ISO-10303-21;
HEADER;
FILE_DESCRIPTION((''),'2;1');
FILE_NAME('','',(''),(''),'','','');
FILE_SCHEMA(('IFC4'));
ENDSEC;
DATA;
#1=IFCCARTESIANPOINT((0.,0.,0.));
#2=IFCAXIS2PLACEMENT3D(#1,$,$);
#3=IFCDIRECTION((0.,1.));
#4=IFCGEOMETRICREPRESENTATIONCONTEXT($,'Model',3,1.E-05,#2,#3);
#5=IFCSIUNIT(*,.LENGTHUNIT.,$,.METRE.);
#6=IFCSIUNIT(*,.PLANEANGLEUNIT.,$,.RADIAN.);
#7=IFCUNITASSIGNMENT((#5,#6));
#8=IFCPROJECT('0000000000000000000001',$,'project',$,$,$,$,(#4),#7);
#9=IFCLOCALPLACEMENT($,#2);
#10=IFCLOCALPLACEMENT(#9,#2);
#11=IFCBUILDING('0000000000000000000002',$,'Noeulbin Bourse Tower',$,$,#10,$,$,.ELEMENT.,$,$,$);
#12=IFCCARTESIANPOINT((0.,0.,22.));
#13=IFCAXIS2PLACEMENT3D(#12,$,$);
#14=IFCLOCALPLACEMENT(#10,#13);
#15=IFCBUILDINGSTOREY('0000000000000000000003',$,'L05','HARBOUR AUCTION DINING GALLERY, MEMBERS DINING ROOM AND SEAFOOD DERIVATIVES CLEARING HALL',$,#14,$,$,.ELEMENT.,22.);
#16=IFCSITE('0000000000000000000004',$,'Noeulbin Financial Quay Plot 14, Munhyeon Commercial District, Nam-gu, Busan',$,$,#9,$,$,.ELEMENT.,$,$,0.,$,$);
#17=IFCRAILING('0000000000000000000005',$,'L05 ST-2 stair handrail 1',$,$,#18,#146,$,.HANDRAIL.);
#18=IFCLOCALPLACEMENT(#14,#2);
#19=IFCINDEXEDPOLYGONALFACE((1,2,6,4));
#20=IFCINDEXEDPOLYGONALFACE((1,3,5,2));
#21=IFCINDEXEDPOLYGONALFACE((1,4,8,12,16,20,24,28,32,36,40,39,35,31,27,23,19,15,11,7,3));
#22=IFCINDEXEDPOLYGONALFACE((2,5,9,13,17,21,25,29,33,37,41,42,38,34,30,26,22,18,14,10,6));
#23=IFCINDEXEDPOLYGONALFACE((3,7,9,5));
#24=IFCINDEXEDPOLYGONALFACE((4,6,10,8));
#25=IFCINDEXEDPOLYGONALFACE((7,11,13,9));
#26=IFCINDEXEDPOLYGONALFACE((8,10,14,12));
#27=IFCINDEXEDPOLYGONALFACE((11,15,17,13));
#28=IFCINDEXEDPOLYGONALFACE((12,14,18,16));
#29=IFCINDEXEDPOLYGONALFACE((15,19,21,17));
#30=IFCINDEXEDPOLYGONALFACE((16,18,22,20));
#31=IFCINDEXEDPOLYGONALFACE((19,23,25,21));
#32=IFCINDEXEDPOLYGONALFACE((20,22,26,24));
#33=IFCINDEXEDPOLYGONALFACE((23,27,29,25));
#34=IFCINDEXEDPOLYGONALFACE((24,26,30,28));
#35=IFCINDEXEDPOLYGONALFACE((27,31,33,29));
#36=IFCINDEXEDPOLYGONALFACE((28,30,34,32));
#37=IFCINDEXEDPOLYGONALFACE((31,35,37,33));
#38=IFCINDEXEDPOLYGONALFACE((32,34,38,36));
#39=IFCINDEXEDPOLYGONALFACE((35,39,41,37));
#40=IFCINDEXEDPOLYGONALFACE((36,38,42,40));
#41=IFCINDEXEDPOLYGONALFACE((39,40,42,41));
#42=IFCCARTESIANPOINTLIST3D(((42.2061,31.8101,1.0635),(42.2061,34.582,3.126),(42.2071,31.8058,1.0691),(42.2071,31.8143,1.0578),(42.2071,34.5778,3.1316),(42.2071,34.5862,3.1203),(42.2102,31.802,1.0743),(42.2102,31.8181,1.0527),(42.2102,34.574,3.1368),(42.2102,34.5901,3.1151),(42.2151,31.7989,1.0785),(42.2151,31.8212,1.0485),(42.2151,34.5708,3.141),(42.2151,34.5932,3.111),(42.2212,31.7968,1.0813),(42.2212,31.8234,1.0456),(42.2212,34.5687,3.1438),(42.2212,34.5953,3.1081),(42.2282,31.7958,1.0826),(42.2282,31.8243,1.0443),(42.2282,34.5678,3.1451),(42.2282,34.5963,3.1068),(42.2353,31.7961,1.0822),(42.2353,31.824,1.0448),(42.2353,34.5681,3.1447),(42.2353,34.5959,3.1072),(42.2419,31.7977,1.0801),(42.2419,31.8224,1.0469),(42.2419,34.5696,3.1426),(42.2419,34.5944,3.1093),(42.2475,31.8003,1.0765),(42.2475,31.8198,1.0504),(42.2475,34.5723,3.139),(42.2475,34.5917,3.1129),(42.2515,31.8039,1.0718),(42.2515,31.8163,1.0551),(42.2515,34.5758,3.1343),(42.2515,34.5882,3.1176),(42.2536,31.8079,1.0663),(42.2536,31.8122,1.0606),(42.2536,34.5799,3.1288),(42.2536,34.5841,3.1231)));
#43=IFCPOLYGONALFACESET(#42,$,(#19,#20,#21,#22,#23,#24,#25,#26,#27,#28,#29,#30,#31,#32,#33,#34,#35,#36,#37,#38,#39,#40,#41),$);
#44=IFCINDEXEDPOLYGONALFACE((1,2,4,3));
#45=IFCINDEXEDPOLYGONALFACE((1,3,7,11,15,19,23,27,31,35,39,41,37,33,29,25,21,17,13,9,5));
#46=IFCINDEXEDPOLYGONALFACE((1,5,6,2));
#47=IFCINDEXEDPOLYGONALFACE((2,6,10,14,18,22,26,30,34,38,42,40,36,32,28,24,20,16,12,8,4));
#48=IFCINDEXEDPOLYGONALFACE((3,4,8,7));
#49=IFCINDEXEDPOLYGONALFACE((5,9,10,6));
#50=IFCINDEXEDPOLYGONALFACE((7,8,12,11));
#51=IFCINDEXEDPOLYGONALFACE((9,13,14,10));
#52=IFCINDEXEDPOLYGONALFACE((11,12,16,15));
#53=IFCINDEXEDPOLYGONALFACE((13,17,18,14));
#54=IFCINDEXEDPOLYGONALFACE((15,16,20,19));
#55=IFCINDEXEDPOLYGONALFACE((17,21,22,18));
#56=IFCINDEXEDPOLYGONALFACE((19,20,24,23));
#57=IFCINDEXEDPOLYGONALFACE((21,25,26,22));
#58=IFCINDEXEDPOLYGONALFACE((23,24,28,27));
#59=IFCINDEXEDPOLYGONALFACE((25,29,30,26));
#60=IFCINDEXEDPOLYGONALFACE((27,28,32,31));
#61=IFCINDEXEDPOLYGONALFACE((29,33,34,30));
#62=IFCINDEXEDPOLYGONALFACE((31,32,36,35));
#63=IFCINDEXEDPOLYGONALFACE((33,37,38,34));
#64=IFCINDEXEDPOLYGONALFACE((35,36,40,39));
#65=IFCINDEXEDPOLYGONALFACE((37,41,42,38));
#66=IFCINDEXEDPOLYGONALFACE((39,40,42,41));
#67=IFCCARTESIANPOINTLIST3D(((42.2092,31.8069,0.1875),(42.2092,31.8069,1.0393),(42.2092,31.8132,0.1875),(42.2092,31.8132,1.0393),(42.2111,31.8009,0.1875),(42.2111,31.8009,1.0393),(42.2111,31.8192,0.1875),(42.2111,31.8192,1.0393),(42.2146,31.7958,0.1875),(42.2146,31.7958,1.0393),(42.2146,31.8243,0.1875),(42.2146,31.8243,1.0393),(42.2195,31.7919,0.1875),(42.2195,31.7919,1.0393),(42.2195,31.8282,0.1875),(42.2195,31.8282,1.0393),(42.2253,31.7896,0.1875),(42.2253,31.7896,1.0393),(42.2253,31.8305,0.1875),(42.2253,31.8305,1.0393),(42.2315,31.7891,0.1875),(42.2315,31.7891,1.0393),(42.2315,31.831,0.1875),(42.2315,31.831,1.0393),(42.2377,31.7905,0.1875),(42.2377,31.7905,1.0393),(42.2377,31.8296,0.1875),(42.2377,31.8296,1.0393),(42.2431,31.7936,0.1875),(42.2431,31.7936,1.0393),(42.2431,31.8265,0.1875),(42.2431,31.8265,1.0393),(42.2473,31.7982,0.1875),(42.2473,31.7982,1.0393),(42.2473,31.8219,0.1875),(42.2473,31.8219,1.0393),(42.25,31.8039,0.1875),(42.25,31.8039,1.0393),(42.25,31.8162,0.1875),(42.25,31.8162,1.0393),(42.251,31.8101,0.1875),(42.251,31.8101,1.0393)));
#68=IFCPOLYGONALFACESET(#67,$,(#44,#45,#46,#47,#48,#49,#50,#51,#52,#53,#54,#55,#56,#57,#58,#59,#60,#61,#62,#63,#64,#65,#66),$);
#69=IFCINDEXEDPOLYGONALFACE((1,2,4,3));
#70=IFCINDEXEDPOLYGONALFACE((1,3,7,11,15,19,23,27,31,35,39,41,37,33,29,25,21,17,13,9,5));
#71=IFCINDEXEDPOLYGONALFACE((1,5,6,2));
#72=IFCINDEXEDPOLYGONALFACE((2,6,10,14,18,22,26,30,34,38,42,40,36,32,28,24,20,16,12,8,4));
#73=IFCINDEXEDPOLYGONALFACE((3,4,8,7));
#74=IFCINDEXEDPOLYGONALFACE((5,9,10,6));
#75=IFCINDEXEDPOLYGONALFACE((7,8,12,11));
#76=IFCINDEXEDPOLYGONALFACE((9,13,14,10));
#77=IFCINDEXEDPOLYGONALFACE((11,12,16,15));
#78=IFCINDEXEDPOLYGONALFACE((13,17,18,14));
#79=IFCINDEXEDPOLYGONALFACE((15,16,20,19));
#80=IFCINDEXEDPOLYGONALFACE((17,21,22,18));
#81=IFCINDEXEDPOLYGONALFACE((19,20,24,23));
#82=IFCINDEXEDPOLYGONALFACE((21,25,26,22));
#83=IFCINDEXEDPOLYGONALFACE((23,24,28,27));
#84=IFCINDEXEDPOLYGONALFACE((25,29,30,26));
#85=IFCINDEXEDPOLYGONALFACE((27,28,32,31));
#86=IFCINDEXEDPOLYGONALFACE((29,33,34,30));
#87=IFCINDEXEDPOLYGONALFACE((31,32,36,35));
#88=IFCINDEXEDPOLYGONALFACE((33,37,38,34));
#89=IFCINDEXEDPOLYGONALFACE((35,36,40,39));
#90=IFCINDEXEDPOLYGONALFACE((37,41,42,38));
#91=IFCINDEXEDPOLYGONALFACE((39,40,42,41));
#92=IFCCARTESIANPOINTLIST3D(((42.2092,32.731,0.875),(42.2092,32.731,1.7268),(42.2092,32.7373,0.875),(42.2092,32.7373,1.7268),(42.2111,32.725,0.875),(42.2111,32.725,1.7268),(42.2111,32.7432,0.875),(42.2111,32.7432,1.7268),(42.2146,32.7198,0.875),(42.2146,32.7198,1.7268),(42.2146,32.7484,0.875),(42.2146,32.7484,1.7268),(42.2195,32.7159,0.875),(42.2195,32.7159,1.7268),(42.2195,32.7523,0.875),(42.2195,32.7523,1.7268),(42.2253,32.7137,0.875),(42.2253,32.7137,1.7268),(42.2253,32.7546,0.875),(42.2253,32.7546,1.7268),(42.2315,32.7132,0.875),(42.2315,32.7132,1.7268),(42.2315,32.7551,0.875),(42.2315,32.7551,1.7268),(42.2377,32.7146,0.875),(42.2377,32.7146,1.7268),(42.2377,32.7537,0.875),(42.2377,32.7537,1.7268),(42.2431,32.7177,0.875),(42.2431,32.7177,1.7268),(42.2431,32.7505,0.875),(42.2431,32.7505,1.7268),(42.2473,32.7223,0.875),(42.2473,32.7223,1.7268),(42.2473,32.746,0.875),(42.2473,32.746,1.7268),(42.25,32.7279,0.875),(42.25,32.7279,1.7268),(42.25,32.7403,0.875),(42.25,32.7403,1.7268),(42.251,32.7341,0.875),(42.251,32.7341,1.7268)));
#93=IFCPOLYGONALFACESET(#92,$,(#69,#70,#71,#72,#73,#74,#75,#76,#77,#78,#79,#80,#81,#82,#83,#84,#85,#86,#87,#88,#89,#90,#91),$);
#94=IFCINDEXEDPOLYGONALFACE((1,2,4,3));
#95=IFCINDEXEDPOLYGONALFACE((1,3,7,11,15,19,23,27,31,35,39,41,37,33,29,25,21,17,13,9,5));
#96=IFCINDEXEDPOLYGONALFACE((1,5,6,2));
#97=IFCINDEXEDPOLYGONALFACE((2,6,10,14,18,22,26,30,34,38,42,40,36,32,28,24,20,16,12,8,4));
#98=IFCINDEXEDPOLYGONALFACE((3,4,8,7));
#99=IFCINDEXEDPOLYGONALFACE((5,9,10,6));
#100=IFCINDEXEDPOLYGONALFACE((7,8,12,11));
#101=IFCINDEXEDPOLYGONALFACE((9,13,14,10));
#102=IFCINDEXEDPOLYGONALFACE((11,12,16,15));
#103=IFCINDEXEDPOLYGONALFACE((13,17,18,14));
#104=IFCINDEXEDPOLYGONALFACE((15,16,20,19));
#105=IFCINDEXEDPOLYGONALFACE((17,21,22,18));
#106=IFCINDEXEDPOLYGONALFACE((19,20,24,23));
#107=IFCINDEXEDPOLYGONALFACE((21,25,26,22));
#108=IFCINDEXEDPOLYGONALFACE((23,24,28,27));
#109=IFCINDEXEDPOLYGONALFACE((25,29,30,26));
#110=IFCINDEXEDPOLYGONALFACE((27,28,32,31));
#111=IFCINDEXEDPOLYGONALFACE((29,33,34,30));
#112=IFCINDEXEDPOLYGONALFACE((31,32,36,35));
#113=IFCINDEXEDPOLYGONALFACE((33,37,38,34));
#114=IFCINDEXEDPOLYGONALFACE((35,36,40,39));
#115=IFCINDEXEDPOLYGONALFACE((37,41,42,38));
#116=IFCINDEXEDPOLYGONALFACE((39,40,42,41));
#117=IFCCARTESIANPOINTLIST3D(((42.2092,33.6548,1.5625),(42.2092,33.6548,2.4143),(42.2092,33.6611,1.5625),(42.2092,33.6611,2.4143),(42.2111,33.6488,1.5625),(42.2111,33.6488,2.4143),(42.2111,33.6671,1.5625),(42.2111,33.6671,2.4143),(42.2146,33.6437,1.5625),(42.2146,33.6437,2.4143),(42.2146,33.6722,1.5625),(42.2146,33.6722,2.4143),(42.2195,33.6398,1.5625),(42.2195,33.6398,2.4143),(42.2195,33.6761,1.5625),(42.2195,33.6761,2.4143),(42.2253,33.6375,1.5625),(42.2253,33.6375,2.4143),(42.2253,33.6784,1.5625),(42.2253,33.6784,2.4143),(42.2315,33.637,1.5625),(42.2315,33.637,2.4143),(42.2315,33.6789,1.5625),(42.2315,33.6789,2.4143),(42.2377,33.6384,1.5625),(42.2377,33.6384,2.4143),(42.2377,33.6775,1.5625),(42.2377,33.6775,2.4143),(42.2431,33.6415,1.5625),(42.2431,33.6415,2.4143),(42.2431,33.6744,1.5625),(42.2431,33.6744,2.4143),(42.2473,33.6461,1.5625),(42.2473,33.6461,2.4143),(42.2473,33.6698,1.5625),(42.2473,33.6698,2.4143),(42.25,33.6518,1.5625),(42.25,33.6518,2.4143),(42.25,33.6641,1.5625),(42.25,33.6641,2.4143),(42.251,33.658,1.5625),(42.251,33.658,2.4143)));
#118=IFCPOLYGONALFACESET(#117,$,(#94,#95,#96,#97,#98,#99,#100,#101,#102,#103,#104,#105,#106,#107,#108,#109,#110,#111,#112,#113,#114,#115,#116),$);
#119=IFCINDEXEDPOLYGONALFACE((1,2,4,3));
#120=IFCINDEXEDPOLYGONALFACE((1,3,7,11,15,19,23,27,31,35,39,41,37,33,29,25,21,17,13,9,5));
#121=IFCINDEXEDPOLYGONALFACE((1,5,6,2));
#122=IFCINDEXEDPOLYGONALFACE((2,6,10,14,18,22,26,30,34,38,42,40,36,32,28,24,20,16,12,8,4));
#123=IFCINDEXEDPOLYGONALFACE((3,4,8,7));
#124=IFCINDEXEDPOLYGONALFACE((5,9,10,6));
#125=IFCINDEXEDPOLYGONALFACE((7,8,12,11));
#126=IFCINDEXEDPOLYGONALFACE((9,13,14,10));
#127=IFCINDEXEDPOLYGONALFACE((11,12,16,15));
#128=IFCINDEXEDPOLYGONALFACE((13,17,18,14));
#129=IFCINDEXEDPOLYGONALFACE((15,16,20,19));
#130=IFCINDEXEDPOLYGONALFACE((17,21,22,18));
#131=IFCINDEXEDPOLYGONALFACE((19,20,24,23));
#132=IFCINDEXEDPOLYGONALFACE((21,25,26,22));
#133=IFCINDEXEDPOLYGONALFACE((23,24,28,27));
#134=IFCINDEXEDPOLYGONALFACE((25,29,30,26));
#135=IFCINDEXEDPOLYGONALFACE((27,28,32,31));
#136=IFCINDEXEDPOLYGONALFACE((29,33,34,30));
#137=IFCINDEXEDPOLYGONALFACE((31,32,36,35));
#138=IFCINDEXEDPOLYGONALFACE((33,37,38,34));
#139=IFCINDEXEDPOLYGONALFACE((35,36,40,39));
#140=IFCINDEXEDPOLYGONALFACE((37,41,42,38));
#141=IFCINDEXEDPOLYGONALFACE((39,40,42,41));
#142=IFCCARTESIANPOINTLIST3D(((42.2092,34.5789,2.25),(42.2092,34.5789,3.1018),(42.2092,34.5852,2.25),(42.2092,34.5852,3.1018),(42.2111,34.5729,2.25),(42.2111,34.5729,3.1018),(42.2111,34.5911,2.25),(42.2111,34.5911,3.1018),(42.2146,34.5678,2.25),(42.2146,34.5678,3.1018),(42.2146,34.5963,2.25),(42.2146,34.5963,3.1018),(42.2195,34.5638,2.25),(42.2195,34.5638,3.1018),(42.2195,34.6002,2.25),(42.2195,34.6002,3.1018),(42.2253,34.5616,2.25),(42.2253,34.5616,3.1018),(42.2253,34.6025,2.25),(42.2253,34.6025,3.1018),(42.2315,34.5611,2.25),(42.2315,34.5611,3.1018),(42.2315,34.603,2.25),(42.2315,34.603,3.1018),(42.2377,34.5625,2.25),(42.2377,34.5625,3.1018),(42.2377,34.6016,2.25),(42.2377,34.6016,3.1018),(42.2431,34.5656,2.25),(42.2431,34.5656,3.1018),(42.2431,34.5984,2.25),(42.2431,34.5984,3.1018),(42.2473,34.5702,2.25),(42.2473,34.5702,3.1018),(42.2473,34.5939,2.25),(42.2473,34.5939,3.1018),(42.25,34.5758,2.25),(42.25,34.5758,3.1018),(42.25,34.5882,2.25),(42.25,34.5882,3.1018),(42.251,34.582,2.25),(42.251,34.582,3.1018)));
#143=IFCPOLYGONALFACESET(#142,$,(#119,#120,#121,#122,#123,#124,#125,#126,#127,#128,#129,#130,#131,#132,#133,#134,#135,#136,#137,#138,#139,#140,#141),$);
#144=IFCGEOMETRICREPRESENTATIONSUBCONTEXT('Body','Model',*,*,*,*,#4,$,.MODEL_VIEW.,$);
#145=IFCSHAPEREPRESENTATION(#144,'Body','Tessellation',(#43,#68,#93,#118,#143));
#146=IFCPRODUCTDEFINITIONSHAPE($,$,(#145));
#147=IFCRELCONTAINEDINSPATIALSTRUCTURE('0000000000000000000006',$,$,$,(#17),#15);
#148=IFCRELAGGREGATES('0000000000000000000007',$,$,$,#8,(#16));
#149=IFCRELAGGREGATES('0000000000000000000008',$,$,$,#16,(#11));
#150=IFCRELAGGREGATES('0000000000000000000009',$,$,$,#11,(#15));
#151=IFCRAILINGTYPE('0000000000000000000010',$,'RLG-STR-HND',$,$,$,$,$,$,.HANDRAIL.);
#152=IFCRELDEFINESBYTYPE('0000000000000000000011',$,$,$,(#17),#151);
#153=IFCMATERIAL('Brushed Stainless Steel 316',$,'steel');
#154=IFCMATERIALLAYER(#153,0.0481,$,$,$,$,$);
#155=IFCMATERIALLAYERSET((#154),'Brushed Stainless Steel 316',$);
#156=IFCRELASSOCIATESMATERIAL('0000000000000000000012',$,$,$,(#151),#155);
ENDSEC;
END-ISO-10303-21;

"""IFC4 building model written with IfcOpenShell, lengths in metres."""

from ifc_helpers import new_model, si_unit, direction, frame, origin, origin_2d, place, context, subcontext, project, spatial, circle, extrude, material, layer, layer_set, type_object, element, save


model = new_model("IFC4")

# Units and contexts
model_context = context("Model", 3, precision=1e-05, world=origin(), true_north=direction((0.0, 1.0)))
body_context = subcontext(model_context, "Body", "Model", "MODEL_VIEW")
ifc_project = project(units=[si_unit("LENGTHUNIT", "METRE"), si_unit("PLANEANGLEUNIT", "RADIAN")], contexts=[model_context])

# Site, building, storey
site_placement = place(None, origin())
site = spatial("IfcSite", under=ifc_project, at=site_placement, Name="Noeulbin Financial Quay Plot 14, Munhyeon Commercial District, Nam-gu, Busan", CompositionType="ELEMENT", RefElevation=0.0)
building_placement = place(site_placement, origin())
building = spatial("IfcBuilding", under=site, at=building_placement, Name="Noeulbin Bourse Tower", CompositionType="ELEMENT")
storey_placement = place(building_placement, frame((0.0, 0.0, 22.0)))
storey = spatial("IfcBuildingStorey", under=building, at=storey_placement, Name="L05", Description="HARBOUR AUCTION DINING GALLERY, MEMBERS DINING ROOM AND SEAFOOD DERIVATIVES CLEARING HALL", CompositionType="ELEMENT", Elevation=22.0)

# Railing
ifc_material_1 = material(Name="Brushed Stainless Steel 316", Category="steel")
ifc_layer_1 = layer(ifc_material_1, 0.0481)
ifc_layer_set_1 = layer_set([ifc_layer_1], Name="Brushed Stainless Steel 316")
railing_type_1 = type_object("IfcRailingType", Name="RLG-STR-HND", PredefinedType="HANDRAIL", material=ifc_layer_set_1)
railing_1_placement = place(storey_placement, frame((42.23, 31.8101, 0.1875)))
element("IfcRailing", 1, at=railing_1_placement, inside=storey, type_object=railing_type_1, Name="L05 ST-2 stair handrail 1", PredefinedType="HANDRAIL", context=body_context, shape_type="SweptSolid", body=[
    extrude(circle(Radius=0.0239, at=origin_2d()), frame((0.0, 0.0, 0.876), z_axis=(0.0, 0.802284, 0.596943), x_axis=(-1.0, 0.0, 0.0)), (0.0, 0.0, 1.0), 3.4551),
    extrude(circle(Radius=0.021, at=origin_2d()), origin(), (0.0, 0.0, 1.0), 0.8518),
    extrude(circle(Radius=0.021, at=origin_2d()), frame((0.0, 0.9241, 0.6875)), (0.0, 0.0, 1.0), 0.8518),
    extrude(circle(Radius=0.021, at=origin_2d()), frame((0.0, 1.8479, 1.375)), (0.0, 0.0, 1.0), 0.8518),
    extrude(circle(Radius=0.021, at=origin_2d()), frame((0.0, 2.772, 2.0625)), (0.0, 0.0, 1.0), 0.8518),
])

save(model, "model.ifc")
